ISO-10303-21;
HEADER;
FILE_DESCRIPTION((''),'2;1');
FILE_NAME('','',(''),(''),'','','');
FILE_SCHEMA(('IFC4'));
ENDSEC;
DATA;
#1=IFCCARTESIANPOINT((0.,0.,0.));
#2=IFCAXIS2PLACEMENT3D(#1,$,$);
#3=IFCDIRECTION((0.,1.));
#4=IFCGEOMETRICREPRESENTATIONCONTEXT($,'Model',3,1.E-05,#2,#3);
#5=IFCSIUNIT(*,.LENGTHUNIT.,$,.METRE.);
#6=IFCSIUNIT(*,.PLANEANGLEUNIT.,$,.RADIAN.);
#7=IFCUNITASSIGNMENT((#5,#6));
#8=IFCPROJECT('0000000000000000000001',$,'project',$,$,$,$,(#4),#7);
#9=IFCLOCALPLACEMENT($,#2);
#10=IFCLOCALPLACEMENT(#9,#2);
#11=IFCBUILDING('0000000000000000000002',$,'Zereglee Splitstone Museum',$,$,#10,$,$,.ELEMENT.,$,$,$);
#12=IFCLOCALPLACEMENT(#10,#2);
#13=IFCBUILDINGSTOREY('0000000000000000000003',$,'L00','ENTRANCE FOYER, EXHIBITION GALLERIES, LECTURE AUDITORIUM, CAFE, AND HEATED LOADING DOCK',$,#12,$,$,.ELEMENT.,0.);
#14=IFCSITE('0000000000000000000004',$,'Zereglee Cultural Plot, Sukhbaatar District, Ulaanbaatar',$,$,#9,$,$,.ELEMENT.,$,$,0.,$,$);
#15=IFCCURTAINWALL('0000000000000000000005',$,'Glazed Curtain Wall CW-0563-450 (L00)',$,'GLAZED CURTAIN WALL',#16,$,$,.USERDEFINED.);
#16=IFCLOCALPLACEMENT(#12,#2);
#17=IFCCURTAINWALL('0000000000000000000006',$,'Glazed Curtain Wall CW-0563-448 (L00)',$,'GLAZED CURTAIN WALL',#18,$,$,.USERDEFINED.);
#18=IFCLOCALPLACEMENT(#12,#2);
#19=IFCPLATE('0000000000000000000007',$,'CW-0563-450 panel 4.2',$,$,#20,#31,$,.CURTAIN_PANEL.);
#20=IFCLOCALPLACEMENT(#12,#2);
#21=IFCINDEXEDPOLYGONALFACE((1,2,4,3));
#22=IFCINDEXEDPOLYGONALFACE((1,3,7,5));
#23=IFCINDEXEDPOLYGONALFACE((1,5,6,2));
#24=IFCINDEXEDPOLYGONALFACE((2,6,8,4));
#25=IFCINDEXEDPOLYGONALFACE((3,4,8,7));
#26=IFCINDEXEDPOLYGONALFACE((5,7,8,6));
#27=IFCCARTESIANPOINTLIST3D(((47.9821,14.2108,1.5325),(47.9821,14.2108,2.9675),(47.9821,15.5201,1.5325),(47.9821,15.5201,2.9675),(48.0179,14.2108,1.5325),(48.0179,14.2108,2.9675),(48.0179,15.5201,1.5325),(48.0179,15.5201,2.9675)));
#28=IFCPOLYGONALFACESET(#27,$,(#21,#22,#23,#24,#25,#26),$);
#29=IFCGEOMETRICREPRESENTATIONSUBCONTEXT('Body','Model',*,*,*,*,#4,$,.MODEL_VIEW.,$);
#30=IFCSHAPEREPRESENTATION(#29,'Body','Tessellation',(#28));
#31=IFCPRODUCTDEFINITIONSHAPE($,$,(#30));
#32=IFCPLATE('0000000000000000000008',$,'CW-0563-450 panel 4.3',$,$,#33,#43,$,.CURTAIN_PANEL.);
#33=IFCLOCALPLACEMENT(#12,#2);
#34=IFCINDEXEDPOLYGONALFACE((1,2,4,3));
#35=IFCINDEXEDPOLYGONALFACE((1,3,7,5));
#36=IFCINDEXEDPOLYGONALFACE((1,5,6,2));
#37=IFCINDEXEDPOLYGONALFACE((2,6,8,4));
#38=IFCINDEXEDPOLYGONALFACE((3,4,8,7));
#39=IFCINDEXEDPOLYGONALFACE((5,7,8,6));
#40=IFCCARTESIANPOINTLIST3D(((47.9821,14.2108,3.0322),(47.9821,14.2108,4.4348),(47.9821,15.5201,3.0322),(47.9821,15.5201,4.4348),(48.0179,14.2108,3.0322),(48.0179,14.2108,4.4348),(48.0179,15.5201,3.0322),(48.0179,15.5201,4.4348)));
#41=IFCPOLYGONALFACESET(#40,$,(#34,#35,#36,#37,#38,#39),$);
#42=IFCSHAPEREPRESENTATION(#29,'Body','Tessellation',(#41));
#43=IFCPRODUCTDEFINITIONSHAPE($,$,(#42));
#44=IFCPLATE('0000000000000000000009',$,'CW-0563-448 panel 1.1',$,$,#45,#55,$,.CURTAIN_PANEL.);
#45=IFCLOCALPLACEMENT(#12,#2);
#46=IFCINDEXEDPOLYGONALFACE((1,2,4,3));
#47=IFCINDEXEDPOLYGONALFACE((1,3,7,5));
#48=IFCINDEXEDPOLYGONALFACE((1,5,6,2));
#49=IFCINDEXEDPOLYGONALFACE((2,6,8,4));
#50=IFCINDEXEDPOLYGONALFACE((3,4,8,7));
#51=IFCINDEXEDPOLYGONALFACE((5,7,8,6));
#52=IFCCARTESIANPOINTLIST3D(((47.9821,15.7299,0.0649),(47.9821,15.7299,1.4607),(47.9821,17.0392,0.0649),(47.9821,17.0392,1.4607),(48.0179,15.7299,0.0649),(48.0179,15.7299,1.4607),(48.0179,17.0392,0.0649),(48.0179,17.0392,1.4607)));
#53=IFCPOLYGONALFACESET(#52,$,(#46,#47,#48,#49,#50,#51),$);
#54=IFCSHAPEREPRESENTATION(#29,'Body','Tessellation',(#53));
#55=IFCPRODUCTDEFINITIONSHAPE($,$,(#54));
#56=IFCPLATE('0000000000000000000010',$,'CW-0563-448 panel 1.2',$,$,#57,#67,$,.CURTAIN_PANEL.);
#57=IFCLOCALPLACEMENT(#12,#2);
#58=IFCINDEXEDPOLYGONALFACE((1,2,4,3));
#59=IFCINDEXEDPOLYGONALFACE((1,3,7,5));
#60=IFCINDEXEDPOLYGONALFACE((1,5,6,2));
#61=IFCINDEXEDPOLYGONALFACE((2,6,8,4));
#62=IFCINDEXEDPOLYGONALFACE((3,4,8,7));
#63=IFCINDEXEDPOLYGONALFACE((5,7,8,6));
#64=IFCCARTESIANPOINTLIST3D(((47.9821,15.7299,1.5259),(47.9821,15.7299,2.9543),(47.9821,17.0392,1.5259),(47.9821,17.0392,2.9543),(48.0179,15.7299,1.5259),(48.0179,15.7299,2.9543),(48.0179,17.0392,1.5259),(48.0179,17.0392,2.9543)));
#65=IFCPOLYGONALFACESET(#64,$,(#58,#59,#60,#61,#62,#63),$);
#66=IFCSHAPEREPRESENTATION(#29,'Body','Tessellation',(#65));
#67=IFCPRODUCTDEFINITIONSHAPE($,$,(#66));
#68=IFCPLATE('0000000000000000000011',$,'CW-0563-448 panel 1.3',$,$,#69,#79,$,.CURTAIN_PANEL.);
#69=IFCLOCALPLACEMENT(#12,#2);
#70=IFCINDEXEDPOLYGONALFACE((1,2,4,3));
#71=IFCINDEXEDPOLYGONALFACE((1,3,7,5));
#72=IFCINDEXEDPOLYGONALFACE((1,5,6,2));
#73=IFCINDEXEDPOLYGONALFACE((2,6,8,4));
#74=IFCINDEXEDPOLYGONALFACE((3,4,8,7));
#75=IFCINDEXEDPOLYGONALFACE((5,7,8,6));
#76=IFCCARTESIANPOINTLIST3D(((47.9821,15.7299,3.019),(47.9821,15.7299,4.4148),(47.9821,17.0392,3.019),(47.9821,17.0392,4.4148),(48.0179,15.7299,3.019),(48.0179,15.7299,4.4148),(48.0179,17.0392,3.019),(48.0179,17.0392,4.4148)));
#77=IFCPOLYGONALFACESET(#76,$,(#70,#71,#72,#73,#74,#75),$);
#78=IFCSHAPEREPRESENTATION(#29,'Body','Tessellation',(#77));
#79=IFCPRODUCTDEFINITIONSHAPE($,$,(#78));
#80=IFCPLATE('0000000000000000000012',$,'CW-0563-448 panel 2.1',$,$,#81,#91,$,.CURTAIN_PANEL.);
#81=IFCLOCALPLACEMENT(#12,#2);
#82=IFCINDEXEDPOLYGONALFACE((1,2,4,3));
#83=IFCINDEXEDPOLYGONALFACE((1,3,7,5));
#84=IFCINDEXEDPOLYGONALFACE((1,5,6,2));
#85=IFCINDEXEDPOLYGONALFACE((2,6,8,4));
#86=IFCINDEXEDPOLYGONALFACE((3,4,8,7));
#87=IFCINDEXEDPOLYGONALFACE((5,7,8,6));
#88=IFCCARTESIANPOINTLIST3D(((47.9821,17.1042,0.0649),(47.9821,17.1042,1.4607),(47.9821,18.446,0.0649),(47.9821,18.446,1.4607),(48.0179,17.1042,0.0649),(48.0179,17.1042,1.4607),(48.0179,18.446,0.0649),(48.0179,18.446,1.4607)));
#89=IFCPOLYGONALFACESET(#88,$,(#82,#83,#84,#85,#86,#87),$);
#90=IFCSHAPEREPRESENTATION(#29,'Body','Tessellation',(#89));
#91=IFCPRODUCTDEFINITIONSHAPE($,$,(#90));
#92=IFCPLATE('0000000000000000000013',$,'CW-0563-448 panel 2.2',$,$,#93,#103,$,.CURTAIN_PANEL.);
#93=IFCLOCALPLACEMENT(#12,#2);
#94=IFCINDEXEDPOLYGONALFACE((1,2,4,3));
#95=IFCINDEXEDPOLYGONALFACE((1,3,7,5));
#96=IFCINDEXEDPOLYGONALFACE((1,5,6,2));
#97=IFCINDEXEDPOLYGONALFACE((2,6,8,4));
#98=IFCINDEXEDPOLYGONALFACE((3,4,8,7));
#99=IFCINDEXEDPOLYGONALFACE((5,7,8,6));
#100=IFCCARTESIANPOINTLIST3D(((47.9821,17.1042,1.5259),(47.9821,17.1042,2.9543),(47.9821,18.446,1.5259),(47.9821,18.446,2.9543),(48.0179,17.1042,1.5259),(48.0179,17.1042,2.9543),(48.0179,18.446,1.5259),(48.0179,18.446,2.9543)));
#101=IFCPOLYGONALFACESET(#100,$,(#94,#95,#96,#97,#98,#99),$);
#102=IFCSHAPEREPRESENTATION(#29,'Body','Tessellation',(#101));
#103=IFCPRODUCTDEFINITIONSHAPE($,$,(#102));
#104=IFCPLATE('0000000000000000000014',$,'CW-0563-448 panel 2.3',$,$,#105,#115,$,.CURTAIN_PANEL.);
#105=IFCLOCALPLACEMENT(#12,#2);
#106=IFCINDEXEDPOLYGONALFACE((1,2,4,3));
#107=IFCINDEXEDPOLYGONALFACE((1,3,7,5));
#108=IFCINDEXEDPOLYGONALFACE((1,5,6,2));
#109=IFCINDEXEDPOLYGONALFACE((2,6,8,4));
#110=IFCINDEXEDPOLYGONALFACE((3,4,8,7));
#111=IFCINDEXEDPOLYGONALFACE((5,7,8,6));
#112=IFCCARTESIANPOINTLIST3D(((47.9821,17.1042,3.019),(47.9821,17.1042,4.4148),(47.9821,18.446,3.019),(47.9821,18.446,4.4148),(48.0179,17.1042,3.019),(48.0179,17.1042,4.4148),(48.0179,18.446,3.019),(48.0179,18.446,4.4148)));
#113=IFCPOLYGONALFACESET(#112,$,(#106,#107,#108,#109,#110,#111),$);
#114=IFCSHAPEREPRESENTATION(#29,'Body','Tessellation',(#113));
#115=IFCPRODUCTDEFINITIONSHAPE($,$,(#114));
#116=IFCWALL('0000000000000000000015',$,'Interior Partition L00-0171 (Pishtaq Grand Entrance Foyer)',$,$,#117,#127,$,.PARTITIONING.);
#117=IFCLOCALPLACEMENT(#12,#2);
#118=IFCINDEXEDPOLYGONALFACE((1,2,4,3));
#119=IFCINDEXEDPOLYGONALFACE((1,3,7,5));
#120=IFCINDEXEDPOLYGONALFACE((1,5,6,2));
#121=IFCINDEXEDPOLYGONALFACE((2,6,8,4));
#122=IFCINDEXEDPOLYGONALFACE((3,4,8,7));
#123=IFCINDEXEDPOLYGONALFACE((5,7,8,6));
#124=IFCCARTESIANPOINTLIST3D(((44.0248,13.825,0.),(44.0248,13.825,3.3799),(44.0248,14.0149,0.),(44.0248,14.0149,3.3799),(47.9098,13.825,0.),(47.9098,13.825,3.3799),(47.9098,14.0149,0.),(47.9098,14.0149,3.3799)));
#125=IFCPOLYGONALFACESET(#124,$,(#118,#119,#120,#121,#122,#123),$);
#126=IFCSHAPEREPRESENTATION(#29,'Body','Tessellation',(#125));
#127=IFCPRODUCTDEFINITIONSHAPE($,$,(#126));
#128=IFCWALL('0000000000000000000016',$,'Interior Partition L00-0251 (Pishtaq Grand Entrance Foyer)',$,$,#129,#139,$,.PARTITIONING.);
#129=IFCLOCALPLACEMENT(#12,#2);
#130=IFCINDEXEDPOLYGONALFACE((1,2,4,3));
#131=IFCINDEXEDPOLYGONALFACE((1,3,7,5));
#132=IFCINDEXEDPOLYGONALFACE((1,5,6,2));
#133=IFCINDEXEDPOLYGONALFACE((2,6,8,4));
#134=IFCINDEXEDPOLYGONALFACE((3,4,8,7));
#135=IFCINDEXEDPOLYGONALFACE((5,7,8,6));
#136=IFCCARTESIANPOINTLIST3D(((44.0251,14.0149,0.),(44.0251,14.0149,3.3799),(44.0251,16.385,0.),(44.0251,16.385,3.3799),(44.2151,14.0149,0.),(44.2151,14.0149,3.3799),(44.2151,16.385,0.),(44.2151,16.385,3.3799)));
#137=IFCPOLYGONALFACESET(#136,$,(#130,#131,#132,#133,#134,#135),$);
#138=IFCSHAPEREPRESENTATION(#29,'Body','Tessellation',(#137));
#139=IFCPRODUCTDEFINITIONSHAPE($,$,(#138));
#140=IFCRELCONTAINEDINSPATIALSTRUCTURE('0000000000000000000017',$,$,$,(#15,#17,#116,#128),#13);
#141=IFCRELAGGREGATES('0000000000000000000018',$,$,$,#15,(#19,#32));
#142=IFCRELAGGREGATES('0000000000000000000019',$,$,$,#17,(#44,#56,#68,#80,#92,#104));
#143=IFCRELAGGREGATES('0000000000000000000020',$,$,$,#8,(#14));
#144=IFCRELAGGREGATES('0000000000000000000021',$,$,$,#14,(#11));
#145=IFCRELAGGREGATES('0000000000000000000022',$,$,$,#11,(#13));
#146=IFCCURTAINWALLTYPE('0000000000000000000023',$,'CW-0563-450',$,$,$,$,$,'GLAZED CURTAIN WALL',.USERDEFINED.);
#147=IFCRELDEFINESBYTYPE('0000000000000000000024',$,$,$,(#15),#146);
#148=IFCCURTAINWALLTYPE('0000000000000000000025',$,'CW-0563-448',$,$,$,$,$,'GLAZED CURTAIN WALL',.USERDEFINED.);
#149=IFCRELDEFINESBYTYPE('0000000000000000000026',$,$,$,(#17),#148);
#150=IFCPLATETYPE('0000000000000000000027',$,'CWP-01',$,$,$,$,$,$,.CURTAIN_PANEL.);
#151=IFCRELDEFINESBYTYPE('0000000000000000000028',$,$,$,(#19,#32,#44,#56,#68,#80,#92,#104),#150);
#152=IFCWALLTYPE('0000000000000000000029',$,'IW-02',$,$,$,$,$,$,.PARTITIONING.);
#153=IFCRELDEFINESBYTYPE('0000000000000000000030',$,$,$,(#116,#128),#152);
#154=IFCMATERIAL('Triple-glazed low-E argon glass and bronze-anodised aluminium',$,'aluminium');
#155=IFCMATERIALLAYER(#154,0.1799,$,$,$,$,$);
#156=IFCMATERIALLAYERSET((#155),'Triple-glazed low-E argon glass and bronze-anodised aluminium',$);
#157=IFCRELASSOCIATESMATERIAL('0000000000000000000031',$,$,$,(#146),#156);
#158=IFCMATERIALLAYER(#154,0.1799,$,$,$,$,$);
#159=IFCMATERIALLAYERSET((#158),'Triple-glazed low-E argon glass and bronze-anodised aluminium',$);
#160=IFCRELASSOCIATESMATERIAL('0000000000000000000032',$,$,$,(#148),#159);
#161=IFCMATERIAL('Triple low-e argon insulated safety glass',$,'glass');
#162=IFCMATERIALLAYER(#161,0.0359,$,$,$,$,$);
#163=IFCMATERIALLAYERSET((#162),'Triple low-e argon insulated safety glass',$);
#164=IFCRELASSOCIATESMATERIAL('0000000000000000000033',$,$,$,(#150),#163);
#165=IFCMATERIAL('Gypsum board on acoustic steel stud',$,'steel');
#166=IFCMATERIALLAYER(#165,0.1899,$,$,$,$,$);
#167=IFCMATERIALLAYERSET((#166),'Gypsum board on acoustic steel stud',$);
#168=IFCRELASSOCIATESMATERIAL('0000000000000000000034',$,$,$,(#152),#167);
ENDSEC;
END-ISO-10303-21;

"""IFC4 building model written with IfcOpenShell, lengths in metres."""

from ifc_helpers import new_model, si_unit, direction, frame, frame_2d, origin, origin_2d, place, context, subcontext, project, spatial, rectangle, extrude, material, layer, layer_set, type_object, element, aggregate, save


model = new_model("IFC4")

# Units and contexts
model_context = context("Model", 3, precision=1e-05, world=origin(), true_north=direction((0.0, 1.0)))
body_context = subcontext(model_context, "Body", "Model", "MODEL_VIEW")
ifc_project = project(units=[si_unit("LENGTHUNIT", "METRE"), si_unit("PLANEANGLEUNIT", "RADIAN")], contexts=[model_context])

# Site, building, storey
site_placement = place(None, origin())
site = spatial("IfcSite", under=ifc_project, at=site_placement, Name="Zereglee Cultural Plot, Sukhbaatar District, Ulaanbaatar", CompositionType="ELEMENT", RefElevation=0.0)
building_placement = place(site_placement, origin())
building = spatial("IfcBuilding", under=site, at=building_placement, Name="Zereglee Splitstone Museum", CompositionType="ELEMENT")
storey_placement = place(building_placement, origin())
storey = spatial("IfcBuildingStorey", under=building, at=storey_placement, Name="L00", Description="ENTRANCE FOYER, EXHIBITION GALLERIES, LECTURE AUDITORIUM, CAFE, AND HEATED LOADING DOCK", CompositionType="ELEMENT", Elevation=0.0)

# Curtain walls
ifc_material_1 = material(Name="Triple-glazed low-E argon glass and bronze-anodised aluminium", Category="aluminium")
ifc_layer_1 = layer(ifc_material_1, 0.1799)
ifc_layer_set_1 = layer_set([ifc_layer_1], Name="Triple-glazed low-E argon glass and bronze-anodised aluminium")
curtain_wall_type_1 = type_object("IfcCurtainWallType", Name="CW-0563-450", ElementType="GLAZED CURTAIN WALL", PredefinedType="USERDEFINED", material=ifc_layer_set_1)
curtain_wall_1_placement = place(storey_placement, origin())
curtain_wall_1 = element("IfcCurtainWall", 1, at=curtain_wall_1_placement, inside=storey, type_object=curtain_wall_type_1, Name="Glazed Curtain Wall CW-0563-450 (L00)", ObjectType="GLAZED CURTAIN WALL", PredefinedType="USERDEFINED")
ifc_layer_2 = layer(ifc_material_1, 0.1799)
ifc_layer_set_2 = layer_set([ifc_layer_2], Name="Triple-glazed low-E argon glass and bronze-anodised aluminium")
curtain_wall_type_2 = type_object("IfcCurtainWallType", Name="CW-0563-448", ElementType="GLAZED CURTAIN WALL", PredefinedType="USERDEFINED", material=ifc_layer_set_2)
curtain_wall_2_placement = place(storey_placement, origin())
curtain_wall_2 = element("IfcCurtainWall", 2, at=curtain_wall_2_placement, inside=storey, type_object=curtain_wall_type_2, Name="Glazed Curtain Wall CW-0563-448 (L00)", ObjectType="GLAZED CURTAIN WALL", PredefinedType="USERDEFINED")

# Plates
ifc_material_2 = material(Name="Triple low-e argon insulated safety glass", Category="glass")
ifc_layer_3 = layer(ifc_material_2, 0.0359)
ifc_layer_set_3 = layer_set([ifc_layer_3], Name="Triple low-e argon insulated safety glass")
plate_type = type_object("IfcPlateType", Name="CWP-01", PredefinedType="CURTAIN_PANEL", material=ifc_layer_set_3)
plate_1_placement = place(storey_placement, frame((48.0, 14.8655, 1.5325), z_axis=(0.0, 0.0, 1.0), x_axis=(0.0, 1.0, 0.0)))
plate_1 = element("IfcPlate", 3, at=plate_1_placement, type_object=plate_type, Name="CW-0563-450 panel 4.2", PredefinedType="CURTAIN_PANEL", context=body_context, shape_type="SweptSolid", body=[
    extrude(rectangle(XDim=1.3093, YDim=0.0359, at=origin_2d()), origin(), (0.0, 0.0, 1.0), 1.4351),
])
plate_2_placement = place(storey_placement, frame((48.0, 14.8655, 3.0322), z_axis=(0.0, 0.0, 1.0), x_axis=(0.0, 1.0, 0.0)))
plate_2 = element("IfcPlate", 4, at=plate_2_placement, type_object=plate_type, Name="CW-0563-450 panel 4.3", PredefinedType="CURTAIN_PANEL", context=body_context, shape_type="SweptSolid", body=[
    extrude(rectangle(XDim=1.3093, YDim=0.0359, at=origin_2d()), origin(), (0.0, 0.0, 1.0), 1.4026),
])
aggregate(curtain_wall_1, [plate_1, plate_2])
plate_3_placement = place(storey_placement, frame((48.0, 16.3845, 0.0649), z_axis=(0.0, 0.0, 1.0), x_axis=(0.0, 1.0, 0.0)))
plate_3 = element("IfcPlate", 5, at=plate_3_placement, type_object=plate_type, Name="CW-0563-448 panel 1.1", PredefinedType="CURTAIN_PANEL", context=body_context, shape_type="SweptSolid", body=[
    extrude(rectangle(XDim=1.3093, YDim=0.0359, at=origin_2d()), origin(), (0.0, 0.0, 1.0), 1.3958),
])
plate_4_placement = place(storey_placement, frame((48.0, 16.3845, 1.5259), z_axis=(0.0, 0.0, 1.0), x_axis=(0.0, 1.0, 0.0)))
plate_4 = element("IfcPlate", 6, at=plate_4_placement, type_object=plate_type, Name="CW-0563-448 panel 1.2", PredefinedType="CURTAIN_PANEL", context=body_context, shape_type="SweptSolid", body=[
    extrude(rectangle(XDim=1.3093, YDim=0.0359, at=origin_2d()), origin(), (0.0, 0.0, 1.0), 1.4285),
])
plate_5_placement = place(storey_placement, frame((48.0, 16.3845, 3.019), z_axis=(0.0, 0.0, 1.0), x_axis=(0.0, 1.0, 0.0)))
plate_5 = element("IfcPlate", 7, at=plate_5_placement, type_object=plate_type, Name="CW-0563-448 panel 1.3", PredefinedType="CURTAIN_PANEL", context=body_context, shape_type="SweptSolid", body=[
    extrude(rectangle(XDim=1.3093, YDim=0.0359, at=origin_2d()), origin(), (0.0, 0.0, 1.0), 1.3958),
])
plate_6_placement = place(storey_placement, frame((48.0, 17.7751, 0.0649), z_axis=(0.0, 0.0, 1.0), x_axis=(0.0, 1.0, 0.0)))
plate_6 = element("IfcPlate", 8, at=plate_6_placement, type_object=plate_type, Name="CW-0563-448 panel 2.1", PredefinedType="CURTAIN_PANEL", context=body_context, shape_type="SweptSolid", body=[
    extrude(rectangle(XDim=1.3418, YDim=0.0359, at=origin_2d()), origin(), (0.0, 0.0, 1.0), 1.3958),
])
plate_7_placement = place(storey_placement, frame((48.0, 17.7751, 1.5259), z_axis=(0.0, 0.0, 1.0), x_axis=(0.0, 1.0, 0.0)))
plate_7 = element("IfcPlate", 9, at=plate_7_placement, type_object=plate_type, Name="CW-0563-448 panel 2.2", PredefinedType="CURTAIN_PANEL", context=body_context, shape_type="SweptSolid", body=[
    extrude(rectangle(XDim=1.3418, YDim=0.0359, at=origin_2d()), origin(), (0.0, 0.0, 1.0), 1.4285),
])
plate_8_placement = place(storey_placement, frame((48.0, 17.7751, 3.019), z_axis=(0.0, 0.0, 1.0), x_axis=(0.0, 1.0, 0.0)))
plate_8 = element("IfcPlate", 10, at=plate_8_placement, type_object=plate_type, Name="CW-0563-448 panel 2.3", PredefinedType="CURTAIN_PANEL", context=body_context, shape_type="SweptSolid", body=[
    extrude(rectangle(XDim=1.3418, YDim=0.0359, at=origin_2d()), origin(), (0.0, 0.0, 1.0), 1.3958),
])
aggregate(curtain_wall_2, [plate_3, plate_4, plate_5, plate_6, plate_7, plate_8])

# Walls
ifc_material_3 = material(Name="Gypsum board on acoustic steel stud", Category="steel")
ifc_layer_4 = layer(ifc_material_3, 0.1899)
ifc_layer_set_4 = layer_set([ifc_layer_4], Name="Gypsum board on acoustic steel stud")
wall_type = type_object("IfcWallType", Name="IW-02", PredefinedType="PARTITIONING", material=ifc_layer_set_4)
wall_1_placement = place(storey_placement, frame((44.0249, 13.9199, 0.0), z_axis=(0.0, 0.0, 1.0), x_axis=(1.0, 0.0, 0.0)))
element("IfcWall", 11, at=wall_1_placement, inside=storey, type_object=wall_type, Name="Interior Partition L00-0171 (Pishtaq Grand Entrance Foyer)", PredefinedType="PARTITIONING", context=body_context, shape_type="SweptSolid", body=[
    extrude(rectangle(XDim=3.885, YDim=0.1899, at=frame_2d((1.9424, 0.0))), origin(), (0.0, 0.0, 1.0), 3.3799),
])
wall_2_placement = place(storey_placement, frame((44.1201, 14.0149, 0.0), z_axis=(0.0, 0.0, 1.0), x_axis=(0.0, 1.0, 0.0)))
element("IfcWall", 12, at=wall_2_placement, inside=storey, type_object=wall_type, Name="Interior Partition L00-0251 (Pishtaq Grand Entrance Foyer)", PredefinedType="PARTITIONING", context=body_context, shape_type="SweptSolid", body=[
    extrude(rectangle(XDim=2.3701, YDim=0.1899, at=frame_2d((1.1851, 0.0))), origin(), (0.0, 0.0, 1.0), 3.3799),
])

save(model, "model.ifc")
